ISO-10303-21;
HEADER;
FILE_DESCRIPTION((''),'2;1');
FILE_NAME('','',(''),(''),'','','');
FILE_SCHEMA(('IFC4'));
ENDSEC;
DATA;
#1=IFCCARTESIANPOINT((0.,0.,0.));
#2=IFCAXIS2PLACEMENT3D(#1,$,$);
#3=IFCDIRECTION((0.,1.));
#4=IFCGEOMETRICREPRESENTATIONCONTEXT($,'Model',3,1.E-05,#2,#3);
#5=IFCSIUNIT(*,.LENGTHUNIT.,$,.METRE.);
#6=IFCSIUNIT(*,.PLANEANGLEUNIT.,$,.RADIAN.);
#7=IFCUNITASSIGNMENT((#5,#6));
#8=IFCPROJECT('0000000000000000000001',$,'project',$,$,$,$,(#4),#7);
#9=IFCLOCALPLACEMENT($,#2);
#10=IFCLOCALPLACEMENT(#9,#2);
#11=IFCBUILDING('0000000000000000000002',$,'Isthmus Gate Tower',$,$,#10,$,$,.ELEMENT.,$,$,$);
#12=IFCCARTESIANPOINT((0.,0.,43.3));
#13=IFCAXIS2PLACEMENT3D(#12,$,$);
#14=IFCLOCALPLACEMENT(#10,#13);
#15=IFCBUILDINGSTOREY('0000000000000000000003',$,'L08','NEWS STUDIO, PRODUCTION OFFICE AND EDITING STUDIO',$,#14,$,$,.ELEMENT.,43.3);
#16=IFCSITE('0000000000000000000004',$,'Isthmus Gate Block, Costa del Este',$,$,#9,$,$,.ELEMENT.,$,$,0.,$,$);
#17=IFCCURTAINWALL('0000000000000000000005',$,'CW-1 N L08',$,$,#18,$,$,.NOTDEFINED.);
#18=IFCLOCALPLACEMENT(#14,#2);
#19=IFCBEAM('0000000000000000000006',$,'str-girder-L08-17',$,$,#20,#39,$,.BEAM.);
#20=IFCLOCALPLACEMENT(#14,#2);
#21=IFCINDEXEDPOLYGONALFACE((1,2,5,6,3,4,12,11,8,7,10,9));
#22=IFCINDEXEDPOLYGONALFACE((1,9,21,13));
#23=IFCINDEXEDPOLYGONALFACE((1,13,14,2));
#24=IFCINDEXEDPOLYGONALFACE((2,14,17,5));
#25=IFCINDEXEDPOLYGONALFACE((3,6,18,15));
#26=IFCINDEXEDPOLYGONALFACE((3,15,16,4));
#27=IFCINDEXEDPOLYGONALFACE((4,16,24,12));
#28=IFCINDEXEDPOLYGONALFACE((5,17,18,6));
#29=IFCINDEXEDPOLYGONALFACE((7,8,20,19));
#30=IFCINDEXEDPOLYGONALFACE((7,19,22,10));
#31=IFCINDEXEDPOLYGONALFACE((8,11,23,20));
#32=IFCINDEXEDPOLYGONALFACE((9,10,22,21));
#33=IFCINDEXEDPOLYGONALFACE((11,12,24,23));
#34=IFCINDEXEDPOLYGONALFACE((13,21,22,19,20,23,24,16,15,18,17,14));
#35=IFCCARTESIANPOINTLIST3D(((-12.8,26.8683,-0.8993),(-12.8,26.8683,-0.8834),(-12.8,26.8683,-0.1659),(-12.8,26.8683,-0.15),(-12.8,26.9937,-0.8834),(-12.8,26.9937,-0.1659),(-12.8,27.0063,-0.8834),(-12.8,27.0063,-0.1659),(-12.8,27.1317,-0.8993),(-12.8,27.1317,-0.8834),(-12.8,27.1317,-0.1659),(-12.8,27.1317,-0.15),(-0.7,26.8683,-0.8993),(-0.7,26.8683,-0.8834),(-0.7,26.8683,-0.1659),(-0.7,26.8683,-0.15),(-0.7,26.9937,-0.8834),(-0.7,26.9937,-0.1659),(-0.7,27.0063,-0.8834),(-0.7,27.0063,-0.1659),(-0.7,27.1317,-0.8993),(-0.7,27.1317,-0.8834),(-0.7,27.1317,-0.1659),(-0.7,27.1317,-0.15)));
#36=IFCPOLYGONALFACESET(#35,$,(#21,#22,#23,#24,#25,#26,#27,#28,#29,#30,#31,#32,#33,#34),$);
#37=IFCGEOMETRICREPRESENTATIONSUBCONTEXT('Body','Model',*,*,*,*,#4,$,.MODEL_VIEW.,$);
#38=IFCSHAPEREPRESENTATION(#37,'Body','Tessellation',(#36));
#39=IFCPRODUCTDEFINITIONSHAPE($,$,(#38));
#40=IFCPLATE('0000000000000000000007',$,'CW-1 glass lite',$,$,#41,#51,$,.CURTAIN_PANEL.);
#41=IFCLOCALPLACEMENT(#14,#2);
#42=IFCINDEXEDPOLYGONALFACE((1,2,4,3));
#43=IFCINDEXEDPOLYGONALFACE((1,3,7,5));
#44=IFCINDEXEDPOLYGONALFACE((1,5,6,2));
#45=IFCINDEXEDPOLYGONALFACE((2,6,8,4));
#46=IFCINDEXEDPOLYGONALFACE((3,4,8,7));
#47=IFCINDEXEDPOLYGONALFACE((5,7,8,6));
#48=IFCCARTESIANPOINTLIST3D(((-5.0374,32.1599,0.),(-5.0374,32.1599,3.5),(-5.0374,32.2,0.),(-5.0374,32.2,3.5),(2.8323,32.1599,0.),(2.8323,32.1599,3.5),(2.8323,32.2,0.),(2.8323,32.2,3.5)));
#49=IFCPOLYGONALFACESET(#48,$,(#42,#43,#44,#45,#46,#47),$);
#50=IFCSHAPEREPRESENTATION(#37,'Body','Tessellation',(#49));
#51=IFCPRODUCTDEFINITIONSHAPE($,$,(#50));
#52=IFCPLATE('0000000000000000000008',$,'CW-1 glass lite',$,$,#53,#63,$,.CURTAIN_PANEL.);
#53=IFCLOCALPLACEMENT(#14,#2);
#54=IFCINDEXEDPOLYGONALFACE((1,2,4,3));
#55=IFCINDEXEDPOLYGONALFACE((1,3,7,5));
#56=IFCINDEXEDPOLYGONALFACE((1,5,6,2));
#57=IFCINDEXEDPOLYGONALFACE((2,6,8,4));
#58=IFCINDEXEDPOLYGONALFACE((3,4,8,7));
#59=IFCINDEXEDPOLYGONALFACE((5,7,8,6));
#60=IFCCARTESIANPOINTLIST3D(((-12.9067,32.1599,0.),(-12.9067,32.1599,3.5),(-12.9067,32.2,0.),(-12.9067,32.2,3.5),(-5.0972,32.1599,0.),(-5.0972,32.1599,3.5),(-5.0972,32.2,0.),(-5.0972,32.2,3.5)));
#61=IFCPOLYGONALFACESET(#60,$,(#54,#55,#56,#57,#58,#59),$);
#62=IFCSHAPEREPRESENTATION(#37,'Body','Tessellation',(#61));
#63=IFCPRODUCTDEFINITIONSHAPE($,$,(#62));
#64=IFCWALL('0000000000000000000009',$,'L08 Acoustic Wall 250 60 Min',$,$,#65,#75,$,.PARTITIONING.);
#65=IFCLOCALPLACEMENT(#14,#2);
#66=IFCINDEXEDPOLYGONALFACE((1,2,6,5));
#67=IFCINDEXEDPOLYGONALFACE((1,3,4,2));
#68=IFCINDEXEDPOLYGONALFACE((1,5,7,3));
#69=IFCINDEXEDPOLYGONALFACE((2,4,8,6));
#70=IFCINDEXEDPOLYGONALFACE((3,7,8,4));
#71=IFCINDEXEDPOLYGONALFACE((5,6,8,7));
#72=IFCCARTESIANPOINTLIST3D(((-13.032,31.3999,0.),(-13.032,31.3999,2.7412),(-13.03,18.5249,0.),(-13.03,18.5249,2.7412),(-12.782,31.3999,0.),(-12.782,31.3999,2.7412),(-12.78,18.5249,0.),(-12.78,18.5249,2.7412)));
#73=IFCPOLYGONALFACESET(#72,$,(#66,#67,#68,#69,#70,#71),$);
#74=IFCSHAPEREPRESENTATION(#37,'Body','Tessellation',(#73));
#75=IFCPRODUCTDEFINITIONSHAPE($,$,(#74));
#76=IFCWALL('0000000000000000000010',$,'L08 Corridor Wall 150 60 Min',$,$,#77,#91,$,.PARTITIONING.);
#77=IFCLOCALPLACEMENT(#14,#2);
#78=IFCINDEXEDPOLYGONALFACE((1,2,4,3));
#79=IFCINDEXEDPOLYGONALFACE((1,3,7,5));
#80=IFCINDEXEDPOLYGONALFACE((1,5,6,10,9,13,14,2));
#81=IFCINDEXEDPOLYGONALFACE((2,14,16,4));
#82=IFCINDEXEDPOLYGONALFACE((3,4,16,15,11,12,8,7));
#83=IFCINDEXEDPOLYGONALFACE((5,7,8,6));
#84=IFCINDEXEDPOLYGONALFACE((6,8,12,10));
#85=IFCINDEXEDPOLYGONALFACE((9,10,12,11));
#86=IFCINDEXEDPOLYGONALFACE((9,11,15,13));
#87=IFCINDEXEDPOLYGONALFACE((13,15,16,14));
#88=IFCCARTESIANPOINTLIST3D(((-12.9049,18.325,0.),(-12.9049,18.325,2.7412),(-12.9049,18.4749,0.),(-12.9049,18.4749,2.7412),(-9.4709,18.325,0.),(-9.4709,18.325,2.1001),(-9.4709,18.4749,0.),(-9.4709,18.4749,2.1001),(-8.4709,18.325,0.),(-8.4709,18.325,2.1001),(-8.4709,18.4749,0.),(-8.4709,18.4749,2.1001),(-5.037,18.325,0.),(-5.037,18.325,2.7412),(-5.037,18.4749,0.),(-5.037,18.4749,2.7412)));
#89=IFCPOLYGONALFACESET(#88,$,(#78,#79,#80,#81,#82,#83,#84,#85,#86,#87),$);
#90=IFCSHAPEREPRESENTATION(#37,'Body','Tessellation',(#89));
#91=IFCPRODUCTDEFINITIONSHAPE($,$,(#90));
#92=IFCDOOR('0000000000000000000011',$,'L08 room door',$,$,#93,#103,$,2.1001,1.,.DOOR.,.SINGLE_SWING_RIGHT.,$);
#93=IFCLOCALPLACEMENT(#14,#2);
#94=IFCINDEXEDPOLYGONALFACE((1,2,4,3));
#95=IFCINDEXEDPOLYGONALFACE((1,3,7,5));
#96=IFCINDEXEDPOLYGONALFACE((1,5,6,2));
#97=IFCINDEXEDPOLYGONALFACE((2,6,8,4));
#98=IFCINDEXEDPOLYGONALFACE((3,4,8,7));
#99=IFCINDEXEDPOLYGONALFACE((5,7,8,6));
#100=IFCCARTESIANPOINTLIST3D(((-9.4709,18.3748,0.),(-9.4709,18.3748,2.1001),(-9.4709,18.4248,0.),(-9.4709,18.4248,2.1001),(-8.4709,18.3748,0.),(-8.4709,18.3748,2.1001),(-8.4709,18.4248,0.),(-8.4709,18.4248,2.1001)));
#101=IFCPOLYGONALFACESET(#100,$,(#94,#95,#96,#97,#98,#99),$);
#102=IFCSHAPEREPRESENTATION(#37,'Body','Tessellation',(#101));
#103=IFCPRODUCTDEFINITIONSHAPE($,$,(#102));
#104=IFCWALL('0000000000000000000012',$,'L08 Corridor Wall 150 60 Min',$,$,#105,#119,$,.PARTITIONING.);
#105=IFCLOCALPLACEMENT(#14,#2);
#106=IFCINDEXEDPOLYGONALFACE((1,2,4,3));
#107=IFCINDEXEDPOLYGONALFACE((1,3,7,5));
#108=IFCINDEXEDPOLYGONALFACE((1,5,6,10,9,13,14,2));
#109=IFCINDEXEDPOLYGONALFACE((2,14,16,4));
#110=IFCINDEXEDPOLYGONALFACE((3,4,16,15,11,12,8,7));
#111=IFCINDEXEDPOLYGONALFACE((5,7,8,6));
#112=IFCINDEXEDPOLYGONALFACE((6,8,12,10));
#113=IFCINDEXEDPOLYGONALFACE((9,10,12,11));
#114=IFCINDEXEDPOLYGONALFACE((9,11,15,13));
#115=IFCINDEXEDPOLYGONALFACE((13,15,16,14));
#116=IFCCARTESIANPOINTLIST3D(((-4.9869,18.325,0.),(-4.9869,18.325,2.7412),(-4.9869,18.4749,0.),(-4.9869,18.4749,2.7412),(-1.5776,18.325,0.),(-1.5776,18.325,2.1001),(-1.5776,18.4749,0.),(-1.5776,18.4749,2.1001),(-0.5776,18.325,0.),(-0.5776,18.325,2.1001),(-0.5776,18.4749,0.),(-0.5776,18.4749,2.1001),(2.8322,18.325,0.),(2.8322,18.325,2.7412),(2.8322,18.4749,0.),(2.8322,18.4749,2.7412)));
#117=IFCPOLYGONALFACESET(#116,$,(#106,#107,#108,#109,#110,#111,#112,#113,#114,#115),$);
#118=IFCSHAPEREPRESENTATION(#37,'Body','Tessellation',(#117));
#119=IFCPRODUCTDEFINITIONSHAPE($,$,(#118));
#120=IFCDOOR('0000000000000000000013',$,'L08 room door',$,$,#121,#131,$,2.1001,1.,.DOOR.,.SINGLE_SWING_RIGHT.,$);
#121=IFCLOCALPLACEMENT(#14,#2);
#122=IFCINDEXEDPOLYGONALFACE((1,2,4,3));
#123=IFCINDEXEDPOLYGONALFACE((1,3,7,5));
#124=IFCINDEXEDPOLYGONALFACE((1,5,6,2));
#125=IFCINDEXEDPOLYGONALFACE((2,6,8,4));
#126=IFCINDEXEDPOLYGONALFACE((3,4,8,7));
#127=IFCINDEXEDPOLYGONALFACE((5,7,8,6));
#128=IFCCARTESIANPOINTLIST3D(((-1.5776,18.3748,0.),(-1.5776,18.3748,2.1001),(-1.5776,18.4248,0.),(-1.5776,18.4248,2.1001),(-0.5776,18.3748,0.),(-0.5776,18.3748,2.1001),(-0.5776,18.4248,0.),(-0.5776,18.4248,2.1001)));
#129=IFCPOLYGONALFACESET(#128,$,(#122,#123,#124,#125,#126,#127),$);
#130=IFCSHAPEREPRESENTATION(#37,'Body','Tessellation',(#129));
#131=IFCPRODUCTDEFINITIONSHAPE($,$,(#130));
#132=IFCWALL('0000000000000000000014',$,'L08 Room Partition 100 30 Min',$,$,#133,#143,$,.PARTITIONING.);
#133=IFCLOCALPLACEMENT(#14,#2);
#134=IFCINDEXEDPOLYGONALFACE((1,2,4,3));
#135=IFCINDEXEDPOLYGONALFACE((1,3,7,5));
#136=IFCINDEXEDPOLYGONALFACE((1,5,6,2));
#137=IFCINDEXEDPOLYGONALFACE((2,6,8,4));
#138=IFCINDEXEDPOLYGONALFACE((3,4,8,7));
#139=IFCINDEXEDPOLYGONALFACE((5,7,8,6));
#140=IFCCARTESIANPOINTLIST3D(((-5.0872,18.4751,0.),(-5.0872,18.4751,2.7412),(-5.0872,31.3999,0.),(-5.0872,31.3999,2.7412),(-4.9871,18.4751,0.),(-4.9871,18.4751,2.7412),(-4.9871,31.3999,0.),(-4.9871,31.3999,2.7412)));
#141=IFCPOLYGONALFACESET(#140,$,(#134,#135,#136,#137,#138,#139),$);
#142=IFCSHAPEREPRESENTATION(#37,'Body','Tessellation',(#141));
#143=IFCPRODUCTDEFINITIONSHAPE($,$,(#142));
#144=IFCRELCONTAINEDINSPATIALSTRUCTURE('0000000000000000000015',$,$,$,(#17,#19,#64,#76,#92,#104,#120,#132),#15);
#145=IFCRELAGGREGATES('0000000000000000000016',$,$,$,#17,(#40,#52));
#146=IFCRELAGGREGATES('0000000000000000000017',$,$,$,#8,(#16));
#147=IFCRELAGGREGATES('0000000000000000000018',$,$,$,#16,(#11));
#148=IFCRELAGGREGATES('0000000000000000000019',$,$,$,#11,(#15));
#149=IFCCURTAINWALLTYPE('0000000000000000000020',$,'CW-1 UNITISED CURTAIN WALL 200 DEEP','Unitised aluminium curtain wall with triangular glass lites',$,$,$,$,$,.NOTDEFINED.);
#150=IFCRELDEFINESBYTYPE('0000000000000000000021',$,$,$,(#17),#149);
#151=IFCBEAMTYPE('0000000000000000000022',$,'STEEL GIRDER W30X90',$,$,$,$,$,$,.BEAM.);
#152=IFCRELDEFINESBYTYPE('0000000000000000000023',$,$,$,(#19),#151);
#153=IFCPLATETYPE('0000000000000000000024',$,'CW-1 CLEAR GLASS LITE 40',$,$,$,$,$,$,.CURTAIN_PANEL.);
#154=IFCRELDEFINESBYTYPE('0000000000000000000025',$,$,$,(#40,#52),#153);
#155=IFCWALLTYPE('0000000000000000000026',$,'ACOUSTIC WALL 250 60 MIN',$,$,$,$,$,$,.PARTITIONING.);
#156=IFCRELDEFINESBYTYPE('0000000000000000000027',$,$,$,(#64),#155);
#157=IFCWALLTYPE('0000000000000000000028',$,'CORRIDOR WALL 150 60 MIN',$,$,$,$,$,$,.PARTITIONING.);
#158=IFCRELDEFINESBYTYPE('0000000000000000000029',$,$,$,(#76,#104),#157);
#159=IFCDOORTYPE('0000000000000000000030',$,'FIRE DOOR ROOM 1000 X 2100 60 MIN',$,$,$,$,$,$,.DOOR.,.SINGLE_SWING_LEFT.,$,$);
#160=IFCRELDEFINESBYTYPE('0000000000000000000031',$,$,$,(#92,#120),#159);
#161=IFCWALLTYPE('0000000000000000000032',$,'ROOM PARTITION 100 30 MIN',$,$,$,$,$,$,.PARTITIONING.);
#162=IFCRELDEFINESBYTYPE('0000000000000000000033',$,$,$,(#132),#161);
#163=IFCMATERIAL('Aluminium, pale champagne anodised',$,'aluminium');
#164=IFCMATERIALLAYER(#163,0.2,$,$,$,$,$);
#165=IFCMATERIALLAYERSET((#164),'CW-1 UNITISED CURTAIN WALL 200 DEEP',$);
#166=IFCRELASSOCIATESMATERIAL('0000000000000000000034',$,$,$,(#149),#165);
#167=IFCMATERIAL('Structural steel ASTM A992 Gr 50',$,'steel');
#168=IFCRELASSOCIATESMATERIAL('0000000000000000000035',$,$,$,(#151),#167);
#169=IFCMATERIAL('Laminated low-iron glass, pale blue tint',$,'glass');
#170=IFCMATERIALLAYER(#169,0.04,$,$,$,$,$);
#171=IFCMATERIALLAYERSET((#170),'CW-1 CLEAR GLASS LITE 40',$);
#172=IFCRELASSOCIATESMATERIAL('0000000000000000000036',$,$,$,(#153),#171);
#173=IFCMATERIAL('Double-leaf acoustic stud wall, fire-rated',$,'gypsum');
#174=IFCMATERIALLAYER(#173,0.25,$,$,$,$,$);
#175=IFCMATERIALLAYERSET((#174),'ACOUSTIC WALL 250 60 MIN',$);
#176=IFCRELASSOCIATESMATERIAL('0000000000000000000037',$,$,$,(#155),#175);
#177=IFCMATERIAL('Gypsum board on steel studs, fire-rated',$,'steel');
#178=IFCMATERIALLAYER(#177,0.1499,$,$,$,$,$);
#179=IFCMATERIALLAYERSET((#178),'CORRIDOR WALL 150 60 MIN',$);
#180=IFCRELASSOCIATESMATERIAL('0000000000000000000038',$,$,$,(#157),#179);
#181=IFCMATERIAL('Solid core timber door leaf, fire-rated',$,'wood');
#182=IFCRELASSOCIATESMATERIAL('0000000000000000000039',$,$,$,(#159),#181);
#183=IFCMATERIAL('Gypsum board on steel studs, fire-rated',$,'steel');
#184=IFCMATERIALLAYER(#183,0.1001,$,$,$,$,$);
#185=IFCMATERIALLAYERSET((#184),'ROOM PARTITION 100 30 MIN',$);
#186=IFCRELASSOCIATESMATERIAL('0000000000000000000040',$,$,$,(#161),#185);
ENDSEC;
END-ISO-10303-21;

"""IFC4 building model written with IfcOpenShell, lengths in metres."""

from ifc_helpers import new_model, si_unit, direction, frame, frame_2d, origin, origin_2d, place, context, subcontext, project, spatial, rectangle, i_section, extrude, material, layer, layer_set, material_profile, profile_set, type_object, element, fill, aggregate, save


model = new_model("IFC4")

# Units and contexts
model_context = context("Model", 3, precision=1e-05, world=origin(), true_north=direction((0.0, 1.0)))
body_context = subcontext(model_context, "Body", "Model", "MODEL_VIEW")
ifc_project = project(units=[si_unit("LENGTHUNIT", "METRE"), si_unit("PLANEANGLEUNIT", "RADIAN")], contexts=[model_context])

# Site, building, storey
site_placement = place(None, origin())
site = spatial("IfcSite", under=ifc_project, at=site_placement, Name="Isthmus Gate Block, Costa del Este", CompositionType="ELEMENT", RefElevation=0.0)
building_placement = place(site_placement, origin())
building = spatial("IfcBuilding", under=site, at=building_placement, Name="Isthmus Gate Tower", CompositionType="ELEMENT")
storey_placement = place(building_placement, frame((0.0, 0.0, 43.3)))
storey = spatial("IfcBuildingStorey", under=building, at=storey_placement, Name="L08", Description="NEWS STUDIO, PRODUCTION OFFICE AND EDITING STUDIO", CompositionType="ELEMENT", Elevation=43.3)

# Curtain wall
ifc_material_1 = material(Name="Aluminium, pale champagne anodised", Category="aluminium")
ifc_layer_1 = layer(ifc_material_1, 0.2)
ifc_layer_set_1 = layer_set([ifc_layer_1], Name="CW-1 UNITISED CURTAIN WALL 200 DEEP")
curtain_wall_type = type_object("IfcCurtainWallType", Name="CW-1 UNITISED CURTAIN WALL 200 DEEP", Description="Unitised aluminium curtain wall with triangular glass lites", PredefinedType="NOTDEFINED", material=ifc_layer_set_1)
curtain_wall_placement = place(storey_placement, origin())
curtain_wall = element("IfcCurtainWall", 1, at=curtain_wall_placement, inside=storey, type_object=curtain_wall_type, Name="CW-1 N L08", PredefinedType="NOTDEFINED")

# Beam
ifc_material_2 = material(Name="Structural steel ASTM A992 Gr 50", Category="steel")
ifc_material_profile_1 = material_profile(ifc_material_2, i_section(OverallWidth=0.2634, OverallDepth=0.7493, WebThickness=0.0127, FlangeThickness=0.0159, at=origin_2d()), Name="W30X90")
ifc_profile_set_1 = profile_set([ifc_material_profile_1], Name="Structural steel ASTM A992 Gr 50")
beam_type_1 = type_object("IfcBeamType", Name="STEEL GIRDER W30X90", PredefinedType="BEAM", material=ifc_profile_set_1)
beam_1_placement = place(storey_placement, frame((-12.8, 27.0, -0.5247), z_axis=(1.0, 0.0, 0.0), x_axis=(0.0, 1.0, 0.0)))
element("IfcBeam", 2, at=beam_1_placement, inside=storey, type_object=beam_type_1, Name="str-girder-L08-17", PredefinedType="BEAM", context=body_context, shape_type="SweptSolid", body=[
    extrude(i_section(OverallWidth=0.2634, OverallDepth=0.7493, WebThickness=0.0127, FlangeThickness=0.0159, at=origin_2d()), origin(), (0.0, 0.0, 1.0), 12.1001),
])

# Plates
ifc_material_3 = material(Name="Laminated low-iron glass, pale blue tint", Category="glass")
ifc_layer_2 = layer(ifc_material_3, 0.04)
ifc_layer_set_2 = layer_set([ifc_layer_2], Name="CW-1 CLEAR GLASS LITE 40")
plate_type = type_object("IfcPlateType", Name="CW-1 CLEAR GLASS LITE 40", PredefinedType="CURTAIN_PANEL", material=ifc_layer_set_2)
plate_1_placement = place(storey_placement, frame((-1.1025, 32.1799, 0.0), z_axis=(0.0, 0.0, 1.0), x_axis=(-1.0, 0.0, 0.0)))
plate_1 = element("IfcPlate", 3, at=plate_1_placement, type_object=plate_type, Name="CW-1 glass lite", PredefinedType="CURTAIN_PANEL", context=body_context, shape_type="SweptSolid", body=[
    extrude(rectangle(XDim=7.8696, YDim=0.04, at=origin_2d()), origin(), (0.0, 0.0, 1.0), 3.5),
])
plate_2_placement = place(storey_placement, frame((-9.002, 32.1799, 0.0), z_axis=(0.0, 0.0, 1.0), x_axis=(-1.0, 0.0, 0.0)))
plate_2 = element("IfcPlate", 4, at=plate_2_placement, type_object=plate_type, Name="CW-1 glass lite", PredefinedType="CURTAIN_PANEL", context=body_context, shape_type="SweptSolid", body=[
    extrude(rectangle(XDim=7.8096, YDim=0.04, at=origin_2d()), origin(), (0.0, 0.0, 1.0), 3.5),
])
aggregate(curtain_wall, [plate_1, plate_2])

# Wall
ifc_material_4 = material(Name="Double-leaf acoustic stud wall, fire-rated", Category="gypsum")
ifc_layer_3 = layer(ifc_material_4, 0.25)
ifc_layer_set_3 = layer_set([ifc_layer_3], Name="ACOUSTIC WALL 250 60 MIN")
wall_type_1 = type_object("IfcWallType", Name="ACOUSTIC WALL 250 60 MIN", PredefinedType="PARTITIONING", material=ifc_layer_set_3)
wall_1_placement = place(storey_placement, frame((-12.907, 31.3999, 0.0), z_axis=(0.0, 0.0, 1.0), x_axis=(0.000152, -1.0, 0.0)))
element("IfcWall", 5, at=wall_1_placement, inside=storey, type_object=wall_type_1, Name="L08 Acoustic Wall 250 60 Min", PredefinedType="PARTITIONING", context=body_context, shape_type="SweptSolid", body=[
    extrude(rectangle(XDim=12.875, YDim=0.25, at=frame_2d((6.4375, 0.0))), origin(), (0.0, 0.0, 1.0), 2.7412),
])

# Walls, openings, doors
ifc_material_5 = material(Name="Gypsum board on steel studs, fire-rated", Category="steel")
ifc_layer_4 = layer(ifc_material_5, 0.1499)
ifc_layer_set_4 = layer_set([ifc_layer_4], Name="CORRIDOR WALL 150 60 MIN")
wall_type_2 = type_object("IfcWallType", Name="CORRIDOR WALL 150 60 MIN", PredefinedType="PARTITIONING", material=ifc_layer_set_4)
wall_2_placement = place(storey_placement, frame((-12.905, 18.3999, 0.0), z_axis=(0.0, 0.0, 1.0), x_axis=(1.0, 0.0, 0.0)))
wall_2 = element("IfcWall", 6, at=wall_2_placement, inside=storey, type_object=wall_type_2, Name="L08 Corridor Wall 150 60 Min", PredefinedType="PARTITIONING", context=body_context, shape_type="SweptSolid", body=[
    extrude(rectangle(XDim=7.8679, YDim=0.1499, at=frame_2d((3.9341, 0.0))), origin(), (0.0, 0.0, 1.0), 2.7412),
])
opening_1_placement = place(wall_2_placement, frame((3.4341, 0.0, 0.0)))
opening_1 = element("IfcOpeningElement", 7, at=opening_1_placement, cuts=wall_2, PredefinedType="OPENING", context=body_context, shape_type="SweptSolid", body=[
    extrude(rectangle(XDim=1.0, YDim=2.1001, at=frame_2d((0.5, 1.05))), frame((0.0, 0.085, 0.0), z_axis=(0.0, -1.0, 0.0), x_axis=(1.0, 0.0, 0.0)), (0.0, 0.0, 1.0), 0.1699),
])
ifc_material_6 = material(Name="Solid core timber door leaf, fire-rated", Category="wood")
door_type = type_object("IfcDoorType", Name="FIRE DOOR ROOM 1000 X 2100 60 MIN", OperationType="SINGLE_SWING_LEFT", PredefinedType="DOOR", material=ifc_material_6)
door_1_placement = place(opening_1_placement, origin())
door_1 = element("IfcDoor", 8, at=door_1_placement, inside=storey, type_object=door_type, Name="L08 room door", OperationType="SINGLE_SWING_RIGHT", OverallHeight=2.1001, OverallWidth=1.0, PredefinedType="DOOR", context=body_context, shape_type="SweptSolid", body=[
    extrude(rectangle(XDim=1.0, YDim=2.1001, at=frame_2d((0.5, 1.05))), frame((0.0, 0.0249, 0.0), z_axis=(0.0, -1.0, 0.0), x_axis=(1.0, 0.0, 0.0)), (0.0, 0.0, 1.0), 0.05),
])
fill(opening_1, door_1)
wall_3_placement = place(storey_placement, frame((-4.9871, 18.3999, 0.0), z_axis=(0.0, 0.0, 1.0), x_axis=(1.0, 0.0, 0.0)))
wall_3 = element("IfcWall", 9, at=wall_3_placement, inside=storey, type_object=wall_type_2, Name="L08 Corridor Wall 150 60 Min", PredefinedType="PARTITIONING", context=body_context, shape_type="SweptSolid", body=[
    extrude(rectangle(XDim=7.8191, YDim=0.1499, at=frame_2d((3.9097, 0.0))), origin(), (0.0, 0.0, 1.0), 2.7412),
])
opening_2_placement = place(wall_3_placement, frame((3.4094, 0.0, 0.0)))
opening_2 = element("IfcOpeningElement", 10, at=opening_2_placement, cuts=wall_3, PredefinedType="OPENING", context=body_context, shape_type="SweptSolid", body=[
    extrude(rectangle(XDim=1.0, YDim=2.1001, at=frame_2d((0.5, 1.05))), frame((0.0, 0.085, 0.0), z_axis=(0.0, -1.0, 0.0), x_axis=(1.0, 0.0, 0.0)), (0.0, 0.0, 1.0), 0.1699),
])
door_2_placement = place(opening_2_placement, origin())
door_2 = element("IfcDoor", 11, at=door_2_placement, inside=storey, type_object=door_type, Name="L08 room door", OperationType="SINGLE_SWING_RIGHT", OverallHeight=2.1001, OverallWidth=1.0, PredefinedType="DOOR", context=body_context, shape_type="SweptSolid", body=[
    extrude(rectangle(XDim=1.0, YDim=2.1001, at=frame_2d((0.5, 1.05))), frame((0.0, 0.0249, 0.0), z_axis=(0.0, -1.0, 0.0), x_axis=(1.0, 0.0, 0.0)), (0.0, 0.0, 1.0), 0.05),
])
fill(opening_2, door_2)

# Wall
ifc_material_7 = material(Name="Gypsum board on steel studs, fire-rated", Category="steel")
ifc_layer_5 = layer(ifc_material_7, 0.1001)
ifc_layer_set_5 = layer_set([ifc_layer_5], Name="ROOM PARTITION 100 30 MIN")
wall_type_3 = type_object("IfcWallType", Name="ROOM PARTITION 100 30 MIN", PredefinedType="PARTITIONING", material=ifc_layer_set_5)
wall_4_placement = place(storey_placement, frame((-5.0371, 18.4751, 0.0), z_axis=(0.0, 0.0, 1.0), x_axis=(0.0, 1.0, 0.0)))
element("IfcWall", 12, at=wall_4_placement, inside=storey, type_object=wall_type_3, Name="L08 Room Partition 100 30 Min", PredefinedType="PARTITIONING", context=body_context, shape_type="SweptSolid", body=[
    extrude(rectangle(XDim=12.9248, YDim=0.1001, at=frame_2d((6.4624, 0.0))), origin(), (0.0, 0.0, 1.0), 2.7412),
])

save(model, "model.ifc")
